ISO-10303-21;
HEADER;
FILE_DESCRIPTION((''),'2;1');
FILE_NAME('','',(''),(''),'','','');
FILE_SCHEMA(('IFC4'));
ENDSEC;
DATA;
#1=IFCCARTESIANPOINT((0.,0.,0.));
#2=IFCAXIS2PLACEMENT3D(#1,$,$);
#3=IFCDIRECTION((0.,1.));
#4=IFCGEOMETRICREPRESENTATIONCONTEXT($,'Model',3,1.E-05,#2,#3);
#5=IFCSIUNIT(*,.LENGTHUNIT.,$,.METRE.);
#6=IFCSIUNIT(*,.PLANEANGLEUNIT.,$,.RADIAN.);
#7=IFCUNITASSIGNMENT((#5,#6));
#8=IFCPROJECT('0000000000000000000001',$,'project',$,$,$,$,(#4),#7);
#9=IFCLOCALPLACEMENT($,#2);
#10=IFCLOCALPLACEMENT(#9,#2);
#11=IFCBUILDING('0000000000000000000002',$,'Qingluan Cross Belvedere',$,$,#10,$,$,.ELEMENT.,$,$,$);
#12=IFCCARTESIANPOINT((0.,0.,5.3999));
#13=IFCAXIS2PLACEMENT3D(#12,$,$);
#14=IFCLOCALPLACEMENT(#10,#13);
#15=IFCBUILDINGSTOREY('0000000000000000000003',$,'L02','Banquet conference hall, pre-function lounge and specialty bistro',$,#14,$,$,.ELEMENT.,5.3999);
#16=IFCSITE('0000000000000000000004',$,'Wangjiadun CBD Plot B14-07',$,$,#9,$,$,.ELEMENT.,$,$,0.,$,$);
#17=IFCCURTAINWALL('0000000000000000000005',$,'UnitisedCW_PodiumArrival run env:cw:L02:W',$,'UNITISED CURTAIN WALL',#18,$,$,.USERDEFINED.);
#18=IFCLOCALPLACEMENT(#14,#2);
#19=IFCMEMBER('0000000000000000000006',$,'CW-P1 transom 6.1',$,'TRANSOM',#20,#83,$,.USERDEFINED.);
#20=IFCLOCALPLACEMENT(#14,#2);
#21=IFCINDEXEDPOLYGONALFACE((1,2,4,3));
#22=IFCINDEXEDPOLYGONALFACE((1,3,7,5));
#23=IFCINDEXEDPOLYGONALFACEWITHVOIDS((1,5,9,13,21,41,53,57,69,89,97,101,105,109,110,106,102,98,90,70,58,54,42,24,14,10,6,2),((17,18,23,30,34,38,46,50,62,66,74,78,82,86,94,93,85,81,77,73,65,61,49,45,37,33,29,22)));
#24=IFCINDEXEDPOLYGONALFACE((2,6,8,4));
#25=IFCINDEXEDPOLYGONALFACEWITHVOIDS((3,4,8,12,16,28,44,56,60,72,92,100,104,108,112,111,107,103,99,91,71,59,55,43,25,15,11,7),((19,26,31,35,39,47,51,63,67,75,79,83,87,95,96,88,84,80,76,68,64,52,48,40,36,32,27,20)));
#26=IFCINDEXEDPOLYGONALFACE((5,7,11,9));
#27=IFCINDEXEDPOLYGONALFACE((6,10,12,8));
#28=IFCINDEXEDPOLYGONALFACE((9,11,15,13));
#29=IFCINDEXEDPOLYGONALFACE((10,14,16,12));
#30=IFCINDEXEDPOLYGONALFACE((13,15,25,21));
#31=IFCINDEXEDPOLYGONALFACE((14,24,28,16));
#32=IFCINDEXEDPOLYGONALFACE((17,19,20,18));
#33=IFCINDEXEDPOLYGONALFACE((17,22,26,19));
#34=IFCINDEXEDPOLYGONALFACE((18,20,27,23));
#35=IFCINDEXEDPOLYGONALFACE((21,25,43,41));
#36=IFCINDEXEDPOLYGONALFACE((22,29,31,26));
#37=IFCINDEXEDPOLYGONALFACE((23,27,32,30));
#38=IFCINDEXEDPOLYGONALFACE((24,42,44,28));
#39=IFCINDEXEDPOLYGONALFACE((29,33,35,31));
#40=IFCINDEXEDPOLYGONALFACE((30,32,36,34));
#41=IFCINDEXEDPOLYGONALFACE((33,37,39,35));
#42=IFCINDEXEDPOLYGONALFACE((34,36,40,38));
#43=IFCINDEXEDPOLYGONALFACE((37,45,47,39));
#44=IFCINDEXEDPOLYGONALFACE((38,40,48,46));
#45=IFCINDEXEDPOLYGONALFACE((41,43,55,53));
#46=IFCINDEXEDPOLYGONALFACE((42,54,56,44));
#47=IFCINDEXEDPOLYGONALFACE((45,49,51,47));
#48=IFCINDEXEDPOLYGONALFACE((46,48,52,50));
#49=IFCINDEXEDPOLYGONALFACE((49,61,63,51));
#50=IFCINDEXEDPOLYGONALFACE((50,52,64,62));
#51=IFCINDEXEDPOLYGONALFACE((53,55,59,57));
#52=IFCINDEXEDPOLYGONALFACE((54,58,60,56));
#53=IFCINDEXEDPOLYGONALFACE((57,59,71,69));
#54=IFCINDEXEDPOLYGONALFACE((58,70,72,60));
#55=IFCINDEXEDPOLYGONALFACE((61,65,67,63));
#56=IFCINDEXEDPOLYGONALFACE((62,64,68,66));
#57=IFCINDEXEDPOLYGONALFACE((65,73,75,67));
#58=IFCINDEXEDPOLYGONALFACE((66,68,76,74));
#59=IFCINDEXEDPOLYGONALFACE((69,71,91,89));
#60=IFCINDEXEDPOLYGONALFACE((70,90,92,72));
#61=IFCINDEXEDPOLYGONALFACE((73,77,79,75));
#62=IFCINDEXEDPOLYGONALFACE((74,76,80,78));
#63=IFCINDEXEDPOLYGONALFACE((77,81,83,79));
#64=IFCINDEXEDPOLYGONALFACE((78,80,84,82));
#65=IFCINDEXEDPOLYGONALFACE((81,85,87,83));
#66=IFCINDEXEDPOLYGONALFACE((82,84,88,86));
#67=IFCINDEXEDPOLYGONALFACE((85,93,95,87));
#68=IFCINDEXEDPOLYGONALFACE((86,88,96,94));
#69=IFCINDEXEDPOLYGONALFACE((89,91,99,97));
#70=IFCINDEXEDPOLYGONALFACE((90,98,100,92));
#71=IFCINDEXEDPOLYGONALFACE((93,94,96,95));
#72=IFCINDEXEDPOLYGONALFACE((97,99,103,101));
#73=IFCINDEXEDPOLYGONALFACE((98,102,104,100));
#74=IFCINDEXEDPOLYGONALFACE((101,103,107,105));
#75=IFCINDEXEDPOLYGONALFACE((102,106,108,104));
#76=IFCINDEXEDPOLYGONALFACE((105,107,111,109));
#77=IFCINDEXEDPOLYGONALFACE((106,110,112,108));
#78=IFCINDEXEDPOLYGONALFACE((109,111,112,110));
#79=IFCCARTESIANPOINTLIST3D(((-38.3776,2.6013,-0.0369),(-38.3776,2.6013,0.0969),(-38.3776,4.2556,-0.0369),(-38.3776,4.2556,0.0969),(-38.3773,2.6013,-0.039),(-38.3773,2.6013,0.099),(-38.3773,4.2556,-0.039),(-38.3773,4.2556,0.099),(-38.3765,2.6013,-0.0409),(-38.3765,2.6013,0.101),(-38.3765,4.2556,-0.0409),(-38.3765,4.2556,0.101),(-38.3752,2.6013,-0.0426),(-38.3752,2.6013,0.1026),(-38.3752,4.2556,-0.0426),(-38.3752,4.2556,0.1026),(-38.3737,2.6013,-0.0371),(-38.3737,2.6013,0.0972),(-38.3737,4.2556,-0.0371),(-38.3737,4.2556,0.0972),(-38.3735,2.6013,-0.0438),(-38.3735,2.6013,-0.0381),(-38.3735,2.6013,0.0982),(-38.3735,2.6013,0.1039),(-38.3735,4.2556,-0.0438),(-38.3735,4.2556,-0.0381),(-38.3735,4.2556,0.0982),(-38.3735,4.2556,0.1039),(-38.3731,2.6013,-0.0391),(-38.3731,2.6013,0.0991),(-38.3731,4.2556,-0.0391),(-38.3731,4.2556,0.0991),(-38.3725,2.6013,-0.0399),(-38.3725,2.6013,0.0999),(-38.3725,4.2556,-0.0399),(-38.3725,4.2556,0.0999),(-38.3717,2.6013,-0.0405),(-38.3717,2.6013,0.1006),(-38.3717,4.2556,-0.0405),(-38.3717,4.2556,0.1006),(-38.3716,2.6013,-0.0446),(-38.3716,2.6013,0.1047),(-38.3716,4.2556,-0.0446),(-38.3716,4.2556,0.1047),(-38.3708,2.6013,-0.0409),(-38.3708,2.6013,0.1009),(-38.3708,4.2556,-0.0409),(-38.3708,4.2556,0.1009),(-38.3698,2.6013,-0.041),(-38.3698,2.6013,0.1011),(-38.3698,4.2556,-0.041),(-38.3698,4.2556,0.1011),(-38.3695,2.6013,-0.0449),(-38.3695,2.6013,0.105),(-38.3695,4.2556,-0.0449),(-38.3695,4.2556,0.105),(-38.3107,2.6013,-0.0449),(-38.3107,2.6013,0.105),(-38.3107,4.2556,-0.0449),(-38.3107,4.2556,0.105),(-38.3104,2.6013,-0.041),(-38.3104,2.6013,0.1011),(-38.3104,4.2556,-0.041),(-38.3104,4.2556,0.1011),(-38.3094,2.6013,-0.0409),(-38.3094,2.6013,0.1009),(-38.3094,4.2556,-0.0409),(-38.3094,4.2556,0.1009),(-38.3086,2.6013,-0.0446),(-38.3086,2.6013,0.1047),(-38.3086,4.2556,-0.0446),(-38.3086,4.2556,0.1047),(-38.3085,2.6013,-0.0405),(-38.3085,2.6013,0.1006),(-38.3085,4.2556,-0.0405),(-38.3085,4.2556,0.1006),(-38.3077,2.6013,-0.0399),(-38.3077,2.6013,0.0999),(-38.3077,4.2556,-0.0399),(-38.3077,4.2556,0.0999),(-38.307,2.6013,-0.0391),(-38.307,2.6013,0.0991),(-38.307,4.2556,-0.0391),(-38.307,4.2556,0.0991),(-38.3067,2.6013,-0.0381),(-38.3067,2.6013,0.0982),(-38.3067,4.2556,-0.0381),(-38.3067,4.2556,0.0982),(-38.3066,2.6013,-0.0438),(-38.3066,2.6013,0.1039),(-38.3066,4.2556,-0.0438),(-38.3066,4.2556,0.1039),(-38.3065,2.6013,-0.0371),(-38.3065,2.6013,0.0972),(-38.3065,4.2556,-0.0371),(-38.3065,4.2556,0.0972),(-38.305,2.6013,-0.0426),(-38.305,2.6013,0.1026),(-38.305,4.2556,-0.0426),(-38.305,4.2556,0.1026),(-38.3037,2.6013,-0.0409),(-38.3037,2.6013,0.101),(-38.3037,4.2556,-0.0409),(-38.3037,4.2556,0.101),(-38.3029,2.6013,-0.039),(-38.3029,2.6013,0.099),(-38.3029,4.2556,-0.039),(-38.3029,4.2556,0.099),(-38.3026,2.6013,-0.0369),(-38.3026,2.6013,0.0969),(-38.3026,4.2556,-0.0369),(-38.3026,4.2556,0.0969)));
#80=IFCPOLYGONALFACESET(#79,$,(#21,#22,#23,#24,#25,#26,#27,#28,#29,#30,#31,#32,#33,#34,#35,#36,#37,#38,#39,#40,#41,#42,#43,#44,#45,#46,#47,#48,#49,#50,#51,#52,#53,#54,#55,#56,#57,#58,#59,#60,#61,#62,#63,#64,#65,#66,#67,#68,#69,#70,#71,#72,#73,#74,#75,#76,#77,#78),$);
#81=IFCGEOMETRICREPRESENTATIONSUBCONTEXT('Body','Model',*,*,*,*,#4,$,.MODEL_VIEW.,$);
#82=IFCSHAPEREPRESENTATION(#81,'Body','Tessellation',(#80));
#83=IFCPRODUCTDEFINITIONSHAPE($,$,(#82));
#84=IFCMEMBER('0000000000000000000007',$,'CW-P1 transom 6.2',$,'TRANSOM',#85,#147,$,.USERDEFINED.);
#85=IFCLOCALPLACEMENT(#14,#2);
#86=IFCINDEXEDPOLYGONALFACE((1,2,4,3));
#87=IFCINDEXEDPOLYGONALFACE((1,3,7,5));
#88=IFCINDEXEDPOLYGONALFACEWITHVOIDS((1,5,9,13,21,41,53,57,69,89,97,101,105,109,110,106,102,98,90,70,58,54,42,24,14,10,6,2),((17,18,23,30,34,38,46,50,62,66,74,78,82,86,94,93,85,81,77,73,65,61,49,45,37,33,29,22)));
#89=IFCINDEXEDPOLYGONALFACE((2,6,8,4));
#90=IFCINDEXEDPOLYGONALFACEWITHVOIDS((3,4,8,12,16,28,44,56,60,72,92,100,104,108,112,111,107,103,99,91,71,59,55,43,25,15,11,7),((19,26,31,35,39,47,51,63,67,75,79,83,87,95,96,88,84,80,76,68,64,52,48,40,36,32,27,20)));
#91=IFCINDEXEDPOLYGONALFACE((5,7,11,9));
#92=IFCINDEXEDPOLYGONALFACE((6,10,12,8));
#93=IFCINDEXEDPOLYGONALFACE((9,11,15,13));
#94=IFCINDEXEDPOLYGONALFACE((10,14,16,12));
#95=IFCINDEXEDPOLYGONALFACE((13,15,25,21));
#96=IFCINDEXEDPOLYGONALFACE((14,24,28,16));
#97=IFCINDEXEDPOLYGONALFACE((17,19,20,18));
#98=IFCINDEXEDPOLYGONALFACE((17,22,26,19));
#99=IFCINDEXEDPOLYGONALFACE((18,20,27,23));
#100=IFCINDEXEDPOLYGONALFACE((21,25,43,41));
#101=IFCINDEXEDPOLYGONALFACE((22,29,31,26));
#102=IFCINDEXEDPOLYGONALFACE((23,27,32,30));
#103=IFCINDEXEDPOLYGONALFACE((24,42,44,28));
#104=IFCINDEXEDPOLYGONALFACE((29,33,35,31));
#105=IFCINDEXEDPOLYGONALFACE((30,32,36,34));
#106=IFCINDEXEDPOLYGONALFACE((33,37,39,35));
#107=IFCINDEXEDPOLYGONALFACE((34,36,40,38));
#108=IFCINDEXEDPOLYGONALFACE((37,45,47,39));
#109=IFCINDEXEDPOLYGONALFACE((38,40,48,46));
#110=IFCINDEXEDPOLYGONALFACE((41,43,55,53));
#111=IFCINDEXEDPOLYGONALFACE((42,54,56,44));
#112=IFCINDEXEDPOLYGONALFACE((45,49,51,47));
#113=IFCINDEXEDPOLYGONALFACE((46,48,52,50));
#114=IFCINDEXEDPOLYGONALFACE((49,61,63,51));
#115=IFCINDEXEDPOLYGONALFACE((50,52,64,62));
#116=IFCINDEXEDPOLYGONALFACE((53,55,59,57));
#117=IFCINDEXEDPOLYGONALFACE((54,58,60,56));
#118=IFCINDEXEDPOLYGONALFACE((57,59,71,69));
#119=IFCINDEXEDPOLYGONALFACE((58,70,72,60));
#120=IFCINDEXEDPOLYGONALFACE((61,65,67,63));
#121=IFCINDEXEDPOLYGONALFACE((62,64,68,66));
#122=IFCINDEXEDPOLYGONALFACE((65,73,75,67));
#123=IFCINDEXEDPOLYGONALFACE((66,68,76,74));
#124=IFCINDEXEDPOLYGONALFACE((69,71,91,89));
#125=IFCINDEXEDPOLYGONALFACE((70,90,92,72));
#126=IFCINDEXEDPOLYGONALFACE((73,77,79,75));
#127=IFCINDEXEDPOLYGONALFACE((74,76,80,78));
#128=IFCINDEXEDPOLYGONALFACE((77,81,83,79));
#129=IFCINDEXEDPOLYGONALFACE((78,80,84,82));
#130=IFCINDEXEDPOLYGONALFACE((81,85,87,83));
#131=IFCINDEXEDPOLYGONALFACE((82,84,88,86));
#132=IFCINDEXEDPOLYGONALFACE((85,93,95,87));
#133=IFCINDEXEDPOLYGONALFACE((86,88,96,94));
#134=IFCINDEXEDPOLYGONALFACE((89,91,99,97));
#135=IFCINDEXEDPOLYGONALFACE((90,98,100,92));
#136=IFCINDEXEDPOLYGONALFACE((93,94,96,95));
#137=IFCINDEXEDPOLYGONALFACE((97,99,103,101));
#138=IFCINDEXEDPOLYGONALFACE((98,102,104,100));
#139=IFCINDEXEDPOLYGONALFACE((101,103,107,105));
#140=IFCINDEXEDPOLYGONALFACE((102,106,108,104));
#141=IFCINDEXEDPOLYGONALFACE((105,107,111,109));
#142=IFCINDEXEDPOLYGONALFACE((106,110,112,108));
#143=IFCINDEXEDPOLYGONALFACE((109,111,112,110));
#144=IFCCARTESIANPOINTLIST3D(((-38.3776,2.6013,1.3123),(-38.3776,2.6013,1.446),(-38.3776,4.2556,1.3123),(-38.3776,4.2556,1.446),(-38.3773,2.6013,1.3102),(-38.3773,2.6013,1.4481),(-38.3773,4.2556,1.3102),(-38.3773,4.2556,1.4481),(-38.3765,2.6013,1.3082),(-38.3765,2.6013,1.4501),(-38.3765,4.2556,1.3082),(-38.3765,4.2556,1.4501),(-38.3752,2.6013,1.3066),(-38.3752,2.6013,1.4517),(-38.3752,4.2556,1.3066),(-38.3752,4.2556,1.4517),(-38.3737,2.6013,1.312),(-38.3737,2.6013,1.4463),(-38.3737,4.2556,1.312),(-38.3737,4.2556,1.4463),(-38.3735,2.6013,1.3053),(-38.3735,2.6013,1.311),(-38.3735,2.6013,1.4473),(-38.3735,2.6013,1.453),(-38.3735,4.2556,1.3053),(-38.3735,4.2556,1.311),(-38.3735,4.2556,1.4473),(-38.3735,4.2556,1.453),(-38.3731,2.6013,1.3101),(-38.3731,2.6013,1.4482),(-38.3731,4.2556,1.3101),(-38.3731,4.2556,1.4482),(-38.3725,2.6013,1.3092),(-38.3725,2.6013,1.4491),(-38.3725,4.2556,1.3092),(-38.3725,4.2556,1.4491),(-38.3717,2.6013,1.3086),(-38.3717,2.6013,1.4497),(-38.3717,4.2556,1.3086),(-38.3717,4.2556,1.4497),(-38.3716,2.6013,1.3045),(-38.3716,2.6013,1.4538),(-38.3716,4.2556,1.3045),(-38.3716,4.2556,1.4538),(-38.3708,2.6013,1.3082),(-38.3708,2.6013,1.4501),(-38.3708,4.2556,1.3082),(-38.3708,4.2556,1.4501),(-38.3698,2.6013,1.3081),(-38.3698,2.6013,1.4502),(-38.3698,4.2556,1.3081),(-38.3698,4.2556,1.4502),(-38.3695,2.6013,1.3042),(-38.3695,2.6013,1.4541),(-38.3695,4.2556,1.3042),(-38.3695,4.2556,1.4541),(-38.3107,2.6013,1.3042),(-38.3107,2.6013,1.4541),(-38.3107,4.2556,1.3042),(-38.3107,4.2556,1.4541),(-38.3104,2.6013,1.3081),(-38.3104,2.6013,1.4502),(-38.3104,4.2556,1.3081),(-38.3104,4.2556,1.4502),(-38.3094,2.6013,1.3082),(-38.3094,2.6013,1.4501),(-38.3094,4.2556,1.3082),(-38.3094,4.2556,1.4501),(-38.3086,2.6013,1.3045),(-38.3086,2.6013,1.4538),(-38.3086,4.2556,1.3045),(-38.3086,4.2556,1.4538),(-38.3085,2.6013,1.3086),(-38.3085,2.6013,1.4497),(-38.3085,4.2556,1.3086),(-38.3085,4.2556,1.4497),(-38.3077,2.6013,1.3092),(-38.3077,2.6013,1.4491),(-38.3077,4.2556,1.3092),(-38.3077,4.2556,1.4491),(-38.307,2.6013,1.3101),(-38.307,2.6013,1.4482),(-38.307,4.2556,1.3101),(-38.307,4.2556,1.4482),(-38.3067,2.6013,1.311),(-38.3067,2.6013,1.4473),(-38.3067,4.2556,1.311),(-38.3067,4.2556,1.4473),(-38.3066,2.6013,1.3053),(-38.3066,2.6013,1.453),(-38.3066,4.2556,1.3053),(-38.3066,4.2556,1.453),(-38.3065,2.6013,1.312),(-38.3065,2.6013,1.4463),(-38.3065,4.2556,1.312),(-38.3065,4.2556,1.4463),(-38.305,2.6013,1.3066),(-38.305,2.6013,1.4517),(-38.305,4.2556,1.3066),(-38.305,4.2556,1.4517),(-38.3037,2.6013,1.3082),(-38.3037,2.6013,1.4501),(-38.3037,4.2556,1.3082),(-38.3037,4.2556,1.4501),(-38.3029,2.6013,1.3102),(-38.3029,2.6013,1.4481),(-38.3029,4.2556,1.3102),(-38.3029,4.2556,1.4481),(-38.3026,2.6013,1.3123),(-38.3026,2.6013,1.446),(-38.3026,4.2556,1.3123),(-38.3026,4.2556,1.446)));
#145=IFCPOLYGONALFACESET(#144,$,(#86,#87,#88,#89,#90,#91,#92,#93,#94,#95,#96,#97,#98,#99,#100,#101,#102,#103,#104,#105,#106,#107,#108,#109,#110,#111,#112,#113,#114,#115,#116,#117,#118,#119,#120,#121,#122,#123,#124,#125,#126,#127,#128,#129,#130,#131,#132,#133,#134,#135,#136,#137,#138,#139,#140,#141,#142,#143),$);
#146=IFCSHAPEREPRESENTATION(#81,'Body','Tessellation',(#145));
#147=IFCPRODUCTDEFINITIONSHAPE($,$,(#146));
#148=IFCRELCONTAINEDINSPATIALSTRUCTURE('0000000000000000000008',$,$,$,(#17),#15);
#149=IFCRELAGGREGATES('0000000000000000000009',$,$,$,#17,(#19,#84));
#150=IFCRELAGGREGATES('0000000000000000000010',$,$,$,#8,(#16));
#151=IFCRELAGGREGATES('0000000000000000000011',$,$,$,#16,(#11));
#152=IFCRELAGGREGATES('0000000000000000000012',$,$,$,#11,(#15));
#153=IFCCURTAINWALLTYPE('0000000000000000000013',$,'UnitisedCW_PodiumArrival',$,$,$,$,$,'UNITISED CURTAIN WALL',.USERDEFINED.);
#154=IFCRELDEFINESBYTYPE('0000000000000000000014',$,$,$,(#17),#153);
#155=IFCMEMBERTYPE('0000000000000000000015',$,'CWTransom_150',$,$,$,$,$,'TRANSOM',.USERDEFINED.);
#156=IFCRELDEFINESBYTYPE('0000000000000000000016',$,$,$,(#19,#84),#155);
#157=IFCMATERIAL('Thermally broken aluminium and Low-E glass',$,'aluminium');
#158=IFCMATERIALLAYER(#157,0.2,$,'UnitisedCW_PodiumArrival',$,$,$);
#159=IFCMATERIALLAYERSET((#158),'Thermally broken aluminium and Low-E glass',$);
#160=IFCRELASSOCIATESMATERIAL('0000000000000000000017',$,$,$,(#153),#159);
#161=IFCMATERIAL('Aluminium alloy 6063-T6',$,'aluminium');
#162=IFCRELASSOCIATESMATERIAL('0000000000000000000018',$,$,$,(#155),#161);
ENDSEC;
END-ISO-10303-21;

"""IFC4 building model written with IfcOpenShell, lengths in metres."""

from ifc_helpers import new_model, si_unit, direction, frame, origin, origin_2d, place, context, subcontext, project, spatial, hollow_rectangle, extrude, material, layer, layer_set, material_profile, profile_set, type_object, element, aggregate, save


model = new_model("IFC4")

# Units and contexts
model_context = context("Model", 3, precision=1e-05, world=origin(), true_north=direction((0.0, 1.0)))
body_context = subcontext(model_context, "Body", "Model", "MODEL_VIEW")
ifc_project = project(units=[si_unit("LENGTHUNIT", "METRE"), si_unit("PLANEANGLEUNIT", "RADIAN")], contexts=[model_context])

# Site, building, storey
site_placement = place(None, origin())
site = spatial("IfcSite", under=ifc_project, at=site_placement, Name="Wangjiadun CBD Plot B14-07", CompositionType="ELEMENT", RefElevation=0.0)
building_placement = place(site_placement, origin())
building = spatial("IfcBuilding", under=site, at=building_placement, Name="Qingluan Cross Belvedere", CompositionType="ELEMENT")
storey_placement = place(building_placement, frame((0.0, 0.0, 5.3999)))
storey = spatial("IfcBuildingStorey", under=building, at=storey_placement, Name="L02", Description="Banquet conference hall, pre-function lounge and specialty bistro", CompositionType="ELEMENT", Elevation=5.3999)

# Curtain wall, members
ifc_material_1 = material(Name="Thermally broken aluminium and Low-E glass", Category="aluminium")
ifc_layer_1 = layer(ifc_material_1, 0.2, Name="UnitisedCW_PodiumArrival")
ifc_layer_set_1 = layer_set([ifc_layer_1], Name="Thermally broken aluminium and Low-E glass")
curtain_wall_type = type_object("IfcCurtainWallType", Name="UnitisedCW_PodiumArrival", ElementType="UNITISED CURTAIN WALL", PredefinedType="USERDEFINED", material=ifc_layer_set_1)
curtain_wall_placement = place(storey_placement, origin())
curtain_wall = element("IfcCurtainWall", 1, at=curtain_wall_placement, inside=storey, type_object=curtain_wall_type, Name="UnitisedCW_PodiumArrival run env:cw:L02:W", ObjectType="UNITISED CURTAIN WALL", PredefinedType="USERDEFINED")
ifc_material_2 = material(Name="Aluminium alloy 6063-T6", Category="aluminium")
ifc_material_profile_1 = material_profile(ifc_material_2, hollow_rectangle(XDim=0.075, YDim=0.1499, WallThickness=0.0039, InnerFilletRadius=0.0039, OuterFilletRadius=0.0081, at=origin_2d()), Name="CWT150x75x4")
ifc_profile_set_1 = profile_set([ifc_material_profile_1], Name="Aluminium alloy 6063-T6")
member_type_1 = type_object("IfcMemberType", Name="CWTransom_150", ElementType="TRANSOM", PredefinedType="USERDEFINED", material=ifc_profile_set_1)
member_1_placement = place(storey_placement, frame((-38.3401, 2.6013, 0.03), z_axis=(0.0, 1.0, 0.0), x_axis=(-1.0, 0.0, 0.0)))
member_1 = element("IfcMember", 2, at=member_1_placement, type_object=member_type_1, Name="CW-P1 transom 6.1", ObjectType="TRANSOM", PredefinedType="USERDEFINED", context=body_context, shape_type="SweptSolid", body=[
    extrude(hollow_rectangle(XDim=0.075, YDim=0.1499, WallThickness=0.0039, InnerFilletRadius=0.0039, OuterFilletRadius=0.0081, at=origin_2d()), origin(), (0.0, 0.0, 1.0), 1.6543),
])
member_2_placement = place(storey_placement, frame((-38.3401, 2.6013, 1.3792), z_axis=(0.0, 1.0, 0.0), x_axis=(-1.0, 0.0, 0.0)))
member_2 = element("IfcMember", 3, at=member_2_placement, type_object=member_type_1, Name="CW-P1 transom 6.2", ObjectType="TRANSOM", PredefinedType="USERDEFINED", context=body_context, shape_type="SweptSolid", body=[
    extrude(hollow_rectangle(XDim=0.075, YDim=0.1499, WallThickness=0.0039, InnerFilletRadius=0.0039, OuterFilletRadius=0.0081, at=origin_2d()), origin(), (0.0, 0.0, 1.0), 1.6543),
])
aggregate(curtain_wall, [member_1, member_2])

save(model, "model.ifc")
